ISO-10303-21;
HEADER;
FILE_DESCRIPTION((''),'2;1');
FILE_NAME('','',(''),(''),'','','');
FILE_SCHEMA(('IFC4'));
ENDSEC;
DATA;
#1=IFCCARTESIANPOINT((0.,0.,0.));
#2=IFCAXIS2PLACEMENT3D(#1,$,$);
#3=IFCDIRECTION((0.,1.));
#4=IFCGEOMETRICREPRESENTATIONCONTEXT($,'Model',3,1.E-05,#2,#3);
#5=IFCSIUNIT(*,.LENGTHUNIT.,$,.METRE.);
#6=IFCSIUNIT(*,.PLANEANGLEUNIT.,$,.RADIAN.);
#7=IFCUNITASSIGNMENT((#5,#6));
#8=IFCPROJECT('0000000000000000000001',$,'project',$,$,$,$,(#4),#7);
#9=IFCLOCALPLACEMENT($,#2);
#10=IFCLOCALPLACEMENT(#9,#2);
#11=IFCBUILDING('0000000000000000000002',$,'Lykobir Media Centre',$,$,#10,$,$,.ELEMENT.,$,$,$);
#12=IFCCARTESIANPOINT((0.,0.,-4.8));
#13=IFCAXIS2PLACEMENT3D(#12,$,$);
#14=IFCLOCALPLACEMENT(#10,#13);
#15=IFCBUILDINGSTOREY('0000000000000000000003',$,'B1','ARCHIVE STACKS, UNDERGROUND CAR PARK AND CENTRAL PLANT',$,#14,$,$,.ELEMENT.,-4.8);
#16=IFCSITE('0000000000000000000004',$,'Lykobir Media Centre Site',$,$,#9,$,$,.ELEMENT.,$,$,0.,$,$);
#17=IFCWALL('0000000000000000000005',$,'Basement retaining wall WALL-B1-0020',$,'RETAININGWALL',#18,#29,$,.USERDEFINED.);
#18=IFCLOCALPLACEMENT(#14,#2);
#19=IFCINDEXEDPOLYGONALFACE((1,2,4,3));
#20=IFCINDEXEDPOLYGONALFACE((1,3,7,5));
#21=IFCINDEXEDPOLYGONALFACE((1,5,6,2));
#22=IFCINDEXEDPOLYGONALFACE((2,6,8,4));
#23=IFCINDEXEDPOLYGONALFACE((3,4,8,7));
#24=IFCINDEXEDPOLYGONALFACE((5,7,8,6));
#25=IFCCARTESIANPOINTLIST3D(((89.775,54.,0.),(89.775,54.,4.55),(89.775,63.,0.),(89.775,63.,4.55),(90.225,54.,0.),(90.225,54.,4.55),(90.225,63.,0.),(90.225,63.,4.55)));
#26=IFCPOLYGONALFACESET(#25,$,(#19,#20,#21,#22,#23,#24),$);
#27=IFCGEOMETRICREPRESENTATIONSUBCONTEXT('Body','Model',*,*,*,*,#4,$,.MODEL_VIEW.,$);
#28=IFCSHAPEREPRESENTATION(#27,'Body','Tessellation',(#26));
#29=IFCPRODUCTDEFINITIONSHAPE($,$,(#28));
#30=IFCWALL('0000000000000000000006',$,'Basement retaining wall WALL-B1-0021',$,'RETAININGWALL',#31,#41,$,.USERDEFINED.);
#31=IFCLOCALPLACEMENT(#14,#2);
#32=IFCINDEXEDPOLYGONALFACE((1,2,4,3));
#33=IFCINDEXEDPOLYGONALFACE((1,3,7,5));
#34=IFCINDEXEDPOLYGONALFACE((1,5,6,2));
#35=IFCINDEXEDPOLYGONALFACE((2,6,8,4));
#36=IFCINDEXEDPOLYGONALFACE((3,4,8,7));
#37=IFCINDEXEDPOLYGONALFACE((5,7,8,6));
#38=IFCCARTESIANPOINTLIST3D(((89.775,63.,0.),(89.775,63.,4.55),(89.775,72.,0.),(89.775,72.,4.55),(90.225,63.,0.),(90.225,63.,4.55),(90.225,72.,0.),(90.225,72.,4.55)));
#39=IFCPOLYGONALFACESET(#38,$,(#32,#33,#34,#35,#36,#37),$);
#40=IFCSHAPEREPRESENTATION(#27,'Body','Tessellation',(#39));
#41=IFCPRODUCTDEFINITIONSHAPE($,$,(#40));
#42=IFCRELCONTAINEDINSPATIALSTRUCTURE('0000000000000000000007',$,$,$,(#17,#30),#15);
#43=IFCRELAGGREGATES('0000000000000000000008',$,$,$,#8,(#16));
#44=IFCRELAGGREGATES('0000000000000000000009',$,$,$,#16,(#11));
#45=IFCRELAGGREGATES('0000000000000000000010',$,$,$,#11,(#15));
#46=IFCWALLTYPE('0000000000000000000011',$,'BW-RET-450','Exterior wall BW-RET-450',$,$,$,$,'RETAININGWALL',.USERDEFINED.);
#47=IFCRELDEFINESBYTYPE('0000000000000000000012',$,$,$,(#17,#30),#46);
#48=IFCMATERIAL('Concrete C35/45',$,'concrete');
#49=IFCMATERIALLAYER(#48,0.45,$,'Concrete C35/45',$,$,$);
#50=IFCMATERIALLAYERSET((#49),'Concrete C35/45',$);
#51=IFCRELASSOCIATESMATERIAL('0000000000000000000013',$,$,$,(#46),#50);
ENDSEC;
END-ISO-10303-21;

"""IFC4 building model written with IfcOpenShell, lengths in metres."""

from ifc_helpers import new_model, si_unit, direction, frame, frame_2d, origin, place, context, subcontext, project, spatial, rectangle, extrude, material, layer, layer_set, type_object, element, save


model = new_model("IFC4")

# Units and contexts
model_context = context("Model", 3, precision=1e-05, world=origin(), true_north=direction((0.0, 1.0)))
body_context = subcontext(model_context, "Body", "Model", "MODEL_VIEW")
ifc_project = project(units=[si_unit("LENGTHUNIT", "METRE"), si_unit("PLANEANGLEUNIT", "RADIAN")], contexts=[model_context])

# Site, building, storey
site_placement = place(None, origin())
site = spatial("IfcSite", under=ifc_project, at=site_placement, Name="Lykobir Media Centre Site", CompositionType="ELEMENT", RefElevation=0.0)
building_placement = place(site_placement, origin())
building = spatial("IfcBuilding", under=site, at=building_placement, Name="Lykobir Media Centre", CompositionType="ELEMENT")
storey_placement = place(building_placement, frame((0.0, 0.0, -4.8)))
storey = spatial("IfcBuildingStorey", under=building, at=storey_placement, Name="B1", Description="ARCHIVE STACKS, UNDERGROUND CAR PARK AND CENTRAL PLANT", CompositionType="ELEMENT", Elevation=-4.8)

# Shared definitions
ifc_material_1 = material(Name="Concrete C35/45", Category="concrete")

# Walls
ifc_layer = layer(ifc_material_1, 0.45, Name="Concrete C35/45")
ifc_layer_set = layer_set([ifc_layer], Name="Concrete C35/45")
wall_type = type_object("IfcWallType", Name="BW-RET-450", Description="Exterior wall BW-RET-450", ElementType="RETAININGWALL", PredefinedType="USERDEFINED", material=ifc_layer_set)
for number, where, z_axis, x_axis, name in (
    (1, (90.0, 63.0, 0.0), (0.0, 0.0, 1.0), (0.0, -1.0, 0.0), "Basement retaining wall WALL-B1-0020"),
    (2, (90.0, 72.0, 0.0), (0.0, 0.0, 1.0), (0.0, -1.0, 0.0), "Basement retaining wall WALL-B1-0021"),
):
    element("IfcWall", number, at=place(storey_placement, frame(where, z_axis=z_axis, x_axis=x_axis)), inside=storey, type_object=wall_type, Name=name, ObjectType="RETAININGWALL", PredefinedType="USERDEFINED", context=body_context, shape_type="SweptSolid", body=[
        extrude(rectangle(XDim=9.0, YDim=0.45, at=frame_2d((4.5, 0.0))), origin(), (0.0, 0.0, 1.0), 4.55),
    ])

save(model, "model.ifc")
